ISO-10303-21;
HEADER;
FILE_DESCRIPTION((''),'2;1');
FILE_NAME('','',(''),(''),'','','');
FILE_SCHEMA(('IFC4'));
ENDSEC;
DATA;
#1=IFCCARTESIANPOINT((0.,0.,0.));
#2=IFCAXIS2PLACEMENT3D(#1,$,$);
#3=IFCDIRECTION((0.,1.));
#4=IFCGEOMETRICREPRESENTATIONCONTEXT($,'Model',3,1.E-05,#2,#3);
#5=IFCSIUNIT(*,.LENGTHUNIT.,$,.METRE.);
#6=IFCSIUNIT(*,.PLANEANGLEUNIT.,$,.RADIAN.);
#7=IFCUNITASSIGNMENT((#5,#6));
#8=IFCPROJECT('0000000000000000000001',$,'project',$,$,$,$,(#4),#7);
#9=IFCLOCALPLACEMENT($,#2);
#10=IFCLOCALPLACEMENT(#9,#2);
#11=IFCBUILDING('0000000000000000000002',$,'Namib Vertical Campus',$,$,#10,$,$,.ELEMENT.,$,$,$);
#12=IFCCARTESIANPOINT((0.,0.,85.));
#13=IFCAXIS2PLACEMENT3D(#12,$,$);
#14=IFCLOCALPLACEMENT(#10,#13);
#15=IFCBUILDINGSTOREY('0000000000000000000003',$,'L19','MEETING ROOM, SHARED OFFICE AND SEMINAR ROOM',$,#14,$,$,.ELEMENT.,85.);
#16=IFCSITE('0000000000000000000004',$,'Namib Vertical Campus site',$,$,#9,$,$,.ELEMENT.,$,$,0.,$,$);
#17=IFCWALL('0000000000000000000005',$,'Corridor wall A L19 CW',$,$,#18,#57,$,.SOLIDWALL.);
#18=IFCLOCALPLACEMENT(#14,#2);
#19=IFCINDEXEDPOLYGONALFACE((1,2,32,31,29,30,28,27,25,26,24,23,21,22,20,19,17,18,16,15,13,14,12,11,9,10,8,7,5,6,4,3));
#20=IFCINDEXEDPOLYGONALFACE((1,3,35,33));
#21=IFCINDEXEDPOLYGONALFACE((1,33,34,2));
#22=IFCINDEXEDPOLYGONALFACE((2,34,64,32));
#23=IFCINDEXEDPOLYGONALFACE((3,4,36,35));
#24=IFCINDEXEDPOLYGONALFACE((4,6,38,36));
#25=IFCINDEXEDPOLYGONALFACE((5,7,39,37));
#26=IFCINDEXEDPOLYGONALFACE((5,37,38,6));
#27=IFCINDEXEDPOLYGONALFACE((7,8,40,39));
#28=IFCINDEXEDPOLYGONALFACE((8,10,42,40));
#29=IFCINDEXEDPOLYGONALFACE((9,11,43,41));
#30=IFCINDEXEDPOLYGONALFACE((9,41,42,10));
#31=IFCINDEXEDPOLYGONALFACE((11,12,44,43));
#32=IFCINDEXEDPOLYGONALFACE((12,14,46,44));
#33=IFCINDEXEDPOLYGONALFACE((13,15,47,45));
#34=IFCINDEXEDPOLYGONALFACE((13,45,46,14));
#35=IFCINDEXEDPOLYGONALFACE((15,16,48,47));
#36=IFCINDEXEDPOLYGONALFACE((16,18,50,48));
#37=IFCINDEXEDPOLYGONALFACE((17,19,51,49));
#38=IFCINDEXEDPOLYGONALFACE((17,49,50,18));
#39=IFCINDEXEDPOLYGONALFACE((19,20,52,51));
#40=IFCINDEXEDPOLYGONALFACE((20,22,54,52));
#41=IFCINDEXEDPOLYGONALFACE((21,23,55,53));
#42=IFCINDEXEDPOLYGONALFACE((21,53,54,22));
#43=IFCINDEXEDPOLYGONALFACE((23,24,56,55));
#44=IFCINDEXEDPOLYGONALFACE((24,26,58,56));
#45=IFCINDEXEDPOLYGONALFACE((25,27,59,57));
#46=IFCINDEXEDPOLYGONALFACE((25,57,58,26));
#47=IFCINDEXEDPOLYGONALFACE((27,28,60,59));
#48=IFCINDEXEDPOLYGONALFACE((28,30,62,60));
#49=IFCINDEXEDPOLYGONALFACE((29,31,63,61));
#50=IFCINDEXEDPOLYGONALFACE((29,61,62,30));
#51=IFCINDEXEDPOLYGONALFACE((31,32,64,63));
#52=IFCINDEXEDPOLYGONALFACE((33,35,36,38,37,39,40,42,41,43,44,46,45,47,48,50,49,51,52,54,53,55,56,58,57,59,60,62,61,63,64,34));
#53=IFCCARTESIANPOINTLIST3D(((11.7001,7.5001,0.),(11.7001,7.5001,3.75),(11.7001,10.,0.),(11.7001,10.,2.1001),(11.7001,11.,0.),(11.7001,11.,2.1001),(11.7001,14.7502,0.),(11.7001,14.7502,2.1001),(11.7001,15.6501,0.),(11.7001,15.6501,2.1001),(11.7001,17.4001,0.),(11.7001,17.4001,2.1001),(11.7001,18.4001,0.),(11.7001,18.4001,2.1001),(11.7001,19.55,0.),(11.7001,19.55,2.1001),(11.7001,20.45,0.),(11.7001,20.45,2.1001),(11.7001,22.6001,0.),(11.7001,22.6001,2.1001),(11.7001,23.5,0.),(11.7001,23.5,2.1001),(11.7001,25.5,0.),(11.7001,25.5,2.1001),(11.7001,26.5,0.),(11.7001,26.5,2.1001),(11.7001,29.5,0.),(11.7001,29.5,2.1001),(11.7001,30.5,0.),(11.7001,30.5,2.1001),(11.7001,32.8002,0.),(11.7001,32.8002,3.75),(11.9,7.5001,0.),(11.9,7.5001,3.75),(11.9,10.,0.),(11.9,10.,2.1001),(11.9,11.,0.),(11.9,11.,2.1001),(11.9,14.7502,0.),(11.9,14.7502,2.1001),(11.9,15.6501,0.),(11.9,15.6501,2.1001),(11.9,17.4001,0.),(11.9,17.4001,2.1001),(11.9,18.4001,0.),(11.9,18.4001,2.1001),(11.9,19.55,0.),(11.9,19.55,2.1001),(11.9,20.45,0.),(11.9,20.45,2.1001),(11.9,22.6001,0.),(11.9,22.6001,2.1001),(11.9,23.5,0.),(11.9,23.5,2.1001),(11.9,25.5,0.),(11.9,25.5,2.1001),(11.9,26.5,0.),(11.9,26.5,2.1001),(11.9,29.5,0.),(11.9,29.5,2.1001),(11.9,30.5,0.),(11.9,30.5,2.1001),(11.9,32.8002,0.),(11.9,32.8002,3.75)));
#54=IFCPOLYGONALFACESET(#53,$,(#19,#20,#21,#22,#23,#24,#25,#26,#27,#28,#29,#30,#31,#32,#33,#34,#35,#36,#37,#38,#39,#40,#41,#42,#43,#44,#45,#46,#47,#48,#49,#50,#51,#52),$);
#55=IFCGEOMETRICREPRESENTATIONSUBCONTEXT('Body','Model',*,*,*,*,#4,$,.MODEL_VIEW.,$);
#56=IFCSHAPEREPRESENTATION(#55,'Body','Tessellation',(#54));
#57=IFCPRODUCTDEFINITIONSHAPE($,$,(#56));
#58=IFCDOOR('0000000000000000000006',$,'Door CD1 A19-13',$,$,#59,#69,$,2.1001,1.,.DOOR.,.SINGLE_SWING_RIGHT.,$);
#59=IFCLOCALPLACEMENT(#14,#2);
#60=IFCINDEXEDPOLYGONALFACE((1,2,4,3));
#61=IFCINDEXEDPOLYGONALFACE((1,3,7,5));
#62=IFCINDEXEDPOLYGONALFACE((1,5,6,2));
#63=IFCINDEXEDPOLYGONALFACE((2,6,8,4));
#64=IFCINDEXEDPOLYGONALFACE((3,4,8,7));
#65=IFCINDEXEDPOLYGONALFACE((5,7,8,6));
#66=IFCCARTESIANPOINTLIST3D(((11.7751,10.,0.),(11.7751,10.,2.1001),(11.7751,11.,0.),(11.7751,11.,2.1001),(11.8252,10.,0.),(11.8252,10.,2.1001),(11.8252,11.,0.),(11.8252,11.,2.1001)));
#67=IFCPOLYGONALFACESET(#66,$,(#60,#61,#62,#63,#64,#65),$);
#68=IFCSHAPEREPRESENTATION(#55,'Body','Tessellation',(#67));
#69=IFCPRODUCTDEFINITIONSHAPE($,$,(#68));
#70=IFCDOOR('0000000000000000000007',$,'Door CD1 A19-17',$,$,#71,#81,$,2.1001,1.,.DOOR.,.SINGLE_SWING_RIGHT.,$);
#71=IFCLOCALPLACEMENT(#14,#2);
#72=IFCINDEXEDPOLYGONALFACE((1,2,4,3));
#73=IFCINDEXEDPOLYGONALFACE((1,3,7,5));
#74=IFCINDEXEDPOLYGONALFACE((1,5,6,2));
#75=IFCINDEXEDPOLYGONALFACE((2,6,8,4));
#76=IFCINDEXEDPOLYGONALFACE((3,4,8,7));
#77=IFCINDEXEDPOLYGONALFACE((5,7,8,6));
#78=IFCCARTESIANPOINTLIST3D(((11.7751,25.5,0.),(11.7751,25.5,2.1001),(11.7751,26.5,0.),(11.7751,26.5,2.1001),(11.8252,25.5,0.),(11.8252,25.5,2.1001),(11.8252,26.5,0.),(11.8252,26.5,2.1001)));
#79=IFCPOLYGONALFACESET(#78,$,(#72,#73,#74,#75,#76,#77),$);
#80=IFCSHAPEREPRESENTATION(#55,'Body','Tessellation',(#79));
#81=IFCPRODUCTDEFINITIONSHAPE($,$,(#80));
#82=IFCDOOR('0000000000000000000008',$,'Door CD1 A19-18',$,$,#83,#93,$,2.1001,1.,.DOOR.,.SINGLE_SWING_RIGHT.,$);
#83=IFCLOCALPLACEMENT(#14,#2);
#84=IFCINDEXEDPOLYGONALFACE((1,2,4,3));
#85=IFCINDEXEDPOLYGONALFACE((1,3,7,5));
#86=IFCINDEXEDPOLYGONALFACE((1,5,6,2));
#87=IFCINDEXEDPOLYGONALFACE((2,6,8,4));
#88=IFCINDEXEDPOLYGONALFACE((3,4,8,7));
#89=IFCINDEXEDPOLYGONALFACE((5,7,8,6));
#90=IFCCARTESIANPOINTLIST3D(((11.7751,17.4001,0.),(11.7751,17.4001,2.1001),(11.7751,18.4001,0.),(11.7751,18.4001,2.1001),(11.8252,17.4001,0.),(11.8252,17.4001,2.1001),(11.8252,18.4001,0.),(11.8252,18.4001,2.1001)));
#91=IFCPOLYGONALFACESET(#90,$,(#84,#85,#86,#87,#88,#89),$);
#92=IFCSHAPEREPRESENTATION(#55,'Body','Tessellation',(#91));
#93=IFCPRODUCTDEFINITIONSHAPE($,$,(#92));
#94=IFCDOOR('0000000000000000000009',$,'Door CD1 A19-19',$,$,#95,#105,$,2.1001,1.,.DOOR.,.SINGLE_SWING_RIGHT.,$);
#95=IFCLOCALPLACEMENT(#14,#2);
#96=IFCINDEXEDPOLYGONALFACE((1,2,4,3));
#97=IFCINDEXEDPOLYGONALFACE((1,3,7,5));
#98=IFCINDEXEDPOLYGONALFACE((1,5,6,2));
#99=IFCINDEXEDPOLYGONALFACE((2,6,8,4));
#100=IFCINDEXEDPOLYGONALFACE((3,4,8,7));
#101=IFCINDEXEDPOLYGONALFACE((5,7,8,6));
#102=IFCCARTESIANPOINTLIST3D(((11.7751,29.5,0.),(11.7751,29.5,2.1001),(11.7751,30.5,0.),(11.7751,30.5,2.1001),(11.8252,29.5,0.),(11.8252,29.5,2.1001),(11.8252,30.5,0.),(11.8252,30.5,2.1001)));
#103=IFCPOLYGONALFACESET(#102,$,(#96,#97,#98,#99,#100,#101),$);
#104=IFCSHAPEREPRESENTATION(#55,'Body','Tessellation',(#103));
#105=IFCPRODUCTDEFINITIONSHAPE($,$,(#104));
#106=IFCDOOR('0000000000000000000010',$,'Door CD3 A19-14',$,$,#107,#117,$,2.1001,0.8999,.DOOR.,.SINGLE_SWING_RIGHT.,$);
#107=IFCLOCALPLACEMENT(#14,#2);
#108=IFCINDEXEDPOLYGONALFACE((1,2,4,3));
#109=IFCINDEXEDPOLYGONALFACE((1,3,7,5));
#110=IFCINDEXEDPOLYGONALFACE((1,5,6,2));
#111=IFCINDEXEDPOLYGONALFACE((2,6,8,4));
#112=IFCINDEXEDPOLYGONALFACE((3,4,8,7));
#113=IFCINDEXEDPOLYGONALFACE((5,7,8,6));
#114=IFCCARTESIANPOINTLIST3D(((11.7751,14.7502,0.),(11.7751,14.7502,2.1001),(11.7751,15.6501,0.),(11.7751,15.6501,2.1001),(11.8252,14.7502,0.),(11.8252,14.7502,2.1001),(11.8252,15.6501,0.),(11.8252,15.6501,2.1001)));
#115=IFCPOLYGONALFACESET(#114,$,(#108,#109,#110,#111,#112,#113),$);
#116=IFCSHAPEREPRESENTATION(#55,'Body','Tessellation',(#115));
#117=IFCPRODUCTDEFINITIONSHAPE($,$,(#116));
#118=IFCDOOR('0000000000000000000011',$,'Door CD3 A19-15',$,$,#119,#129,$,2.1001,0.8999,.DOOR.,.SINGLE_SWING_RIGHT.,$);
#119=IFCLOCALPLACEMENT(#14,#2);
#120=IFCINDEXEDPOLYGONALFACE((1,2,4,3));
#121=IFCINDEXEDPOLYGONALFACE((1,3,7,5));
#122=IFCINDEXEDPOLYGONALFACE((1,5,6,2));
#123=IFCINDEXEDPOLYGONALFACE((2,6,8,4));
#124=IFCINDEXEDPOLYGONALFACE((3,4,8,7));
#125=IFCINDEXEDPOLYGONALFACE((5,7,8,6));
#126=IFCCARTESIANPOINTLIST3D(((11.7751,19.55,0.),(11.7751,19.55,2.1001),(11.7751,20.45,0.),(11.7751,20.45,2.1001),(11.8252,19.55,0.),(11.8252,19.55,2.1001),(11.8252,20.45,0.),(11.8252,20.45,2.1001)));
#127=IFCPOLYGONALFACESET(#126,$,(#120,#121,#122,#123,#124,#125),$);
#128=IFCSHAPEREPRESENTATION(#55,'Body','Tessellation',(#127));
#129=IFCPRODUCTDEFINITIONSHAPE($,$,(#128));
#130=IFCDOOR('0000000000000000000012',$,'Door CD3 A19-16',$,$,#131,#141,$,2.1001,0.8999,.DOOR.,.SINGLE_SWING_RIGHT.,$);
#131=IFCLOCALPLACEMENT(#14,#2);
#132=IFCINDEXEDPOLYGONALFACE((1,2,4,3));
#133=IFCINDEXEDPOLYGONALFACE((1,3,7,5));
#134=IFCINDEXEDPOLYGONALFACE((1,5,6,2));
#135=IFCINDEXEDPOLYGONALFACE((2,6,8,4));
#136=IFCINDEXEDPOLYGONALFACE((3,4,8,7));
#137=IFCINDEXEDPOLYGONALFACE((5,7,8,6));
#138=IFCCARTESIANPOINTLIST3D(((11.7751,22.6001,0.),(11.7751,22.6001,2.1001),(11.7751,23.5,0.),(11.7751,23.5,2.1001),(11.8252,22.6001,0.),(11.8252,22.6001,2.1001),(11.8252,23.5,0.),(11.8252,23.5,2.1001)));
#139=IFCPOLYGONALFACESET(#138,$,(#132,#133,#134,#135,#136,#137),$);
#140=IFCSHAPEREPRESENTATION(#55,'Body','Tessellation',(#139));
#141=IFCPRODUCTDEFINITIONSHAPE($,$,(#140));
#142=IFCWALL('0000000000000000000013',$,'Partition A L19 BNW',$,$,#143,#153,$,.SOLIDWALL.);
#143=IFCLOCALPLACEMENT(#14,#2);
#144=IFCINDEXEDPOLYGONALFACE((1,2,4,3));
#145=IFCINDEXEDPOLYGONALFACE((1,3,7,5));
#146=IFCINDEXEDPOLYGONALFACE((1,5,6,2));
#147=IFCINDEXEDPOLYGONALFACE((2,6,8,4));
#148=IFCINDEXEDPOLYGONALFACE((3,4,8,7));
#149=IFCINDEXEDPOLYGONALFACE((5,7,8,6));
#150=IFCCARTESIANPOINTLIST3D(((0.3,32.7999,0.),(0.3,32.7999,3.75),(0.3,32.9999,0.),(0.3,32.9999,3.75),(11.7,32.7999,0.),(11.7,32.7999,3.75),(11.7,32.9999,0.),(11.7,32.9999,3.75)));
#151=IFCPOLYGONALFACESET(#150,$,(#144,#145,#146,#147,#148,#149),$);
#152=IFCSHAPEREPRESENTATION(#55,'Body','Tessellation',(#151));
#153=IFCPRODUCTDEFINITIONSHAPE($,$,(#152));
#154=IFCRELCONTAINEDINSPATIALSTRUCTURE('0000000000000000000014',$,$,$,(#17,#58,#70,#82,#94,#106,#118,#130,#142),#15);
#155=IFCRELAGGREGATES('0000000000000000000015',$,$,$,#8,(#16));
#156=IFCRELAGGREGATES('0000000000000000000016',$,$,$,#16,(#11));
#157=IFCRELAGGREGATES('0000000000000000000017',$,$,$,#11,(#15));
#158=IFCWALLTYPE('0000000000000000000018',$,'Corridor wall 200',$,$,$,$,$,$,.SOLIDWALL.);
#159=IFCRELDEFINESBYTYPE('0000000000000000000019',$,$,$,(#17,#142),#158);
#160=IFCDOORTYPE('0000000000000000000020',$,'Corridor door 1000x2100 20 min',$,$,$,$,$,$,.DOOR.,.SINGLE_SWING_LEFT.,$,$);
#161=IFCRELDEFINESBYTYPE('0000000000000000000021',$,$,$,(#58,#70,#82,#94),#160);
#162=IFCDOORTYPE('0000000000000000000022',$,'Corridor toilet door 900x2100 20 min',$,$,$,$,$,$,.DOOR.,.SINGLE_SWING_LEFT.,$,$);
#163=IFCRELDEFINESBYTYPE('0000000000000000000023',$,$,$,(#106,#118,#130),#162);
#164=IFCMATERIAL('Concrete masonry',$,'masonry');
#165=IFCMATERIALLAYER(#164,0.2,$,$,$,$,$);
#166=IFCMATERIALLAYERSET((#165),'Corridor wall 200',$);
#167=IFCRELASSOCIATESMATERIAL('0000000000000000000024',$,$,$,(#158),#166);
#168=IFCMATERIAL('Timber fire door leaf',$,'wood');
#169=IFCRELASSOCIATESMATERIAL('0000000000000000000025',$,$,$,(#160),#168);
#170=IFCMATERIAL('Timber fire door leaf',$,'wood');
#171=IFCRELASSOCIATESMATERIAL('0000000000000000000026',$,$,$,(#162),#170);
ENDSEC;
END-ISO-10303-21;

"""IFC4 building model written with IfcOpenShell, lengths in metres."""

from ifc_helpers import new_model, si_unit, direction, frame, frame_2d, origin, place, context, subcontext, project, spatial, rectangle, extrude, material, layer, layer_set, type_object, element, fill, save


model = new_model("IFC4")

# Units and contexts
model_context = context("Model", 3, precision=1e-05, world=origin(), true_north=direction((0.0, 1.0)))
body_context = subcontext(model_context, "Body", "Model", "MODEL_VIEW")
ifc_project = project(units=[si_unit("LENGTHUNIT", "METRE"), si_unit("PLANEANGLEUNIT", "RADIAN")], contexts=[model_context])

# Site, building, storey
site_placement = place(None, origin())
site = spatial("IfcSite", under=ifc_project, at=site_placement, Name="Namib Vertical Campus site", CompositionType="ELEMENT", RefElevation=0.0)
building_placement = place(site_placement, origin())
building = spatial("IfcBuilding", under=site, at=building_placement, Name="Namib Vertical Campus", CompositionType="ELEMENT")
storey_placement = place(building_placement, frame((0.0, 0.0, 85.0)))
storey = spatial("IfcBuildingStorey", under=building, at=storey_placement, Name="L19", Description="MEETING ROOM, SHARED OFFICE AND SEMINAR ROOM", CompositionType="ELEMENT", Elevation=85.0)

# Wall, openings, doors
ifc_material_1 = material(Name="Concrete masonry", Category="masonry")
ifc_layer_1 = layer(ifc_material_1, 0.2)
ifc_layer_set_1 = layer_set([ifc_layer_1], Name="Corridor wall 200")
wall_type_1 = type_object("IfcWallType", Name="Corridor wall 200", PredefinedType="SOLIDWALL", material=ifc_layer_set_1)
wall_1_placement = place(storey_placement, frame((11.8, 32.8, 0.0), z_axis=(0.0, 0.0, 1.0), x_axis=(0.0, -1.0, 0.0)))
wall_1 = element("IfcWall", 1, at=wall_1_placement, inside=storey, type_object=wall_type_1, Name="Corridor wall A L19 CW", PredefinedType="SOLIDWALL", context=body_context, shape_type="SweptSolid", body=[
    extrude(rectangle(XDim=25.3, YDim=0.2, at=frame_2d((12.6499, 0.0))), origin(), (0.0, 0.0, 1.0), 3.75),
])
opening_1_placement = place(wall_1_placement, frame((21.8, 0.0, 0.0)))
opening_1 = element("IfcOpeningElement", 2, at=opening_1_placement, cuts=wall_1, PredefinedType="OPENING", context=body_context, shape_type="SweptSolid", body=[
    extrude(rectangle(XDim=1.0, YDim=2.1001, at=frame_2d((0.5, 1.05))), frame((0.0, 0.1099, 0.0), z_axis=(0.0, -1.0, 0.0), x_axis=(1.0, 0.0, 0.0)), (0.0, 0.0, 1.0), 0.22),
])
opening_2_placement = place(wall_1_placement, frame((17.1499, 0.0, 0.0)))
opening_2 = element("IfcOpeningElement", 3, at=opening_2_placement, cuts=wall_1, PredefinedType="OPENING", context=body_context, shape_type="SweptSolid", body=[
    extrude(rectangle(XDim=0.8999, YDim=2.1001, at=frame_2d((0.45, 1.05))), frame((0.0, 0.1099, 0.0), z_axis=(0.0, -1.0, 0.0), x_axis=(1.0, 0.0, 0.0)), (0.0, 0.0, 1.0), 0.22),
])
opening_3_placement = place(wall_1_placement, frame((12.3501, 0.0, 0.0)))
opening_3 = element("IfcOpeningElement", 4, at=opening_3_placement, cuts=wall_1, PredefinedType="OPENING", context=body_context, shape_type="SweptSolid", body=[
    extrude(rectangle(XDim=0.8999, YDim=2.1001, at=frame_2d((0.45, 1.05))), frame((0.0, 0.1099, 0.0), z_axis=(0.0, -1.0, 0.0), x_axis=(1.0, 0.0, 0.0)), (0.0, 0.0, 1.0), 0.22),
])
opening_4_placement = place(wall_1_placement, frame((9.3, 0.0, 0.0)))
opening_4 = element("IfcOpeningElement", 5, at=opening_4_placement, cuts=wall_1, PredefinedType="OPENING", context=body_context, shape_type="SweptSolid", body=[
    extrude(rectangle(XDim=0.8999, YDim=2.1001, at=frame_2d((0.45, 1.05))), frame((0.0, 0.1099, 0.0), z_axis=(0.0, -1.0, 0.0), x_axis=(1.0, 0.0, 0.0)), (0.0, 0.0, 1.0), 0.22),
])
opening_5_placement = place(wall_1_placement, frame((6.3, 0.0, 0.0)))
opening_5 = element("IfcOpeningElement", 6, at=opening_5_placement, cuts=wall_1, PredefinedType="OPENING", context=body_context, shape_type="SweptSolid", body=[
    extrude(rectangle(XDim=1.0, YDim=2.1001, at=frame_2d((0.5, 1.05))), frame((0.0, 0.1099, 0.0), z_axis=(0.0, -1.0, 0.0), x_axis=(1.0, 0.0, 0.0)), (0.0, 0.0, 1.0), 0.22),
])
opening_6_placement = place(wall_1_placement, frame((14.3999, 0.0, 0.0)))
opening_6 = element("IfcOpeningElement", 7, at=opening_6_placement, cuts=wall_1, PredefinedType="OPENING", context=body_context, shape_type="SweptSolid", body=[
    extrude(rectangle(XDim=1.0, YDim=2.1001, at=frame_2d((0.5, 1.05))), frame((0.0, 0.1099, 0.0), z_axis=(0.0, -1.0, 0.0), x_axis=(1.0, 0.0, 0.0)), (0.0, 0.0, 1.0), 0.22),
])
opening_7_placement = place(wall_1_placement, frame((2.3, 0.0, 0.0)))
opening_7 = element("IfcOpeningElement", 8, at=opening_7_placement, cuts=wall_1, PredefinedType="OPENING", context=body_context, shape_type="SweptSolid", body=[
    extrude(rectangle(XDim=1.0, YDim=2.1001, at=frame_2d((0.5, 1.05))), frame((0.0, 0.1099, 0.0), z_axis=(0.0, -1.0, 0.0), x_axis=(1.0, 0.0, 0.0)), (0.0, 0.0, 1.0), 0.22),
])
ifc_material_2 = material(Name="Timber fire door leaf", Category="wood")
door_type_1 = type_object("IfcDoorType", Name="Corridor door 1000x2100 20 min", OperationType="SINGLE_SWING_LEFT", PredefinedType="DOOR", material=ifc_material_2)
door_1_placement = place(opening_1_placement, frame((1.0, 0.0, 0.0), z_axis=(0.0, 0.0, 1.0), x_axis=(-1.0, 0.0, 0.0)))
door_1 = element("IfcDoor", 9, at=door_1_placement, inside=storey, type_object=door_type_1, Name="Door CD1 A19-13", OperationType="SINGLE_SWING_RIGHT", OverallHeight=2.1001, OverallWidth=1.0, PredefinedType="DOOR", context=body_context, shape_type="SweptSolid", body=[
    extrude(rectangle(XDim=1.0, YDim=2.1001, at=frame_2d((0.5, 1.05))), frame((0.0, 0.0249, 0.0), z_axis=(0.0, -1.0, 0.0), x_axis=(1.0, 0.0, 0.0)), (0.0, 0.0, 1.0), 0.05),
])
fill(opening_1, door_1)
door_2_placement = place(opening_5_placement, frame((1.0, 0.0, 0.0), z_axis=(0.0, 0.0, 1.0), x_axis=(-1.0, 0.0, 0.0)))
door_2 = element("IfcDoor", 10, at=door_2_placement, inside=storey, type_object=door_type_1, Name="Door CD1 A19-17", OperationType="SINGLE_SWING_RIGHT", OverallHeight=2.1001, OverallWidth=1.0, PredefinedType="DOOR", context=body_context, shape_type="SweptSolid", body=[
    extrude(rectangle(XDim=1.0, YDim=2.1001, at=frame_2d((0.5, 1.05))), frame((0.0, 0.0249, 0.0), z_axis=(0.0, -1.0, 0.0), x_axis=(1.0, 0.0, 0.0)), (0.0, 0.0, 1.0), 0.05),
])
fill(opening_5, door_2)
door_3_placement = place(opening_6_placement, frame((1.0, 0.0, 0.0), z_axis=(0.0, 0.0, 1.0), x_axis=(-1.0, 0.0, 0.0)))
door_3 = element("IfcDoor", 11, at=door_3_placement, inside=storey, type_object=door_type_1, Name="Door CD1 A19-18", OperationType="SINGLE_SWING_RIGHT", OverallHeight=2.1001, OverallWidth=1.0, PredefinedType="DOOR", context=body_context, shape_type="SweptSolid", body=[
    extrude(rectangle(XDim=1.0, YDim=2.1001, at=frame_2d((0.5, 1.05))), frame((0.0, 0.0249, 0.0), z_axis=(0.0, -1.0, 0.0), x_axis=(1.0, 0.0, 0.0)), (0.0, 0.0, 1.0), 0.05),
])
fill(opening_6, door_3)
door_4_placement = place(opening_7_placement, frame((1.0, 0.0, 0.0), z_axis=(0.0, 0.0, 1.0), x_axis=(-1.0, 0.0, 0.0)))
door_4 = element("IfcDoor", 12, at=door_4_placement, inside=storey, type_object=door_type_1, Name="Door CD1 A19-19", OperationType="SINGLE_SWING_RIGHT", OverallHeight=2.1001, OverallWidth=1.0, PredefinedType="DOOR", context=body_context, shape_type="SweptSolid", body=[
    extrude(rectangle(XDim=1.0, YDim=2.1001, at=frame_2d((0.5, 1.05))), frame((0.0, 0.0249, 0.0), z_axis=(0.0, -1.0, 0.0), x_axis=(1.0, 0.0, 0.0)), (0.0, 0.0, 1.0), 0.05),
])
fill(opening_7, door_4)
ifc_material_3 = material(Name="Timber fire door leaf", Category="wood")
door_type_2 = type_object("IfcDoorType", Name="Corridor toilet door 900x2100 20 min", OperationType="SINGLE_SWING_LEFT", PredefinedType="DOOR", material=ifc_material_3)
door_5_placement = place(opening_2_placement, frame((0.8999, 0.0, 0.0), z_axis=(0.0, 0.0, 1.0), x_axis=(-1.0, 0.0, 0.0)))
door_5 = element("IfcDoor", 13, at=door_5_placement, inside=storey, type_object=door_type_2, Name="Door CD3 A19-14", OperationType="SINGLE_SWING_RIGHT", OverallHeight=2.1001, OverallWidth=0.8999, PredefinedType="DOOR", context=body_context, shape_type="SweptSolid", body=[
    extrude(rectangle(XDim=0.8999, YDim=2.1001, at=frame_2d((0.45, 1.05))), frame((0.0, 0.0249, 0.0), z_axis=(0.0, -1.0, 0.0), x_axis=(1.0, 0.0, 0.0)), (0.0, 0.0, 1.0), 0.05),
])
fill(opening_2, door_5)
door_6_placement = place(opening_3_placement, frame((0.8999, 0.0, 0.0), z_axis=(0.0, 0.0, 1.0), x_axis=(-1.0, 0.0, 0.0)))
door_6 = element("IfcDoor", 14, at=door_6_placement, inside=storey, type_object=door_type_2, Name="Door CD3 A19-15", OperationType="SINGLE_SWING_RIGHT", OverallHeight=2.1001, OverallWidth=0.8999, PredefinedType="DOOR", context=body_context, shape_type="SweptSolid", body=[
    extrude(rectangle(XDim=0.8999, YDim=2.1001, at=frame_2d((0.45, 1.05))), frame((0.0, 0.0249, 0.0), z_axis=(0.0, -1.0, 0.0), x_axis=(1.0, 0.0, 0.0)), (0.0, 0.0, 1.0), 0.05),
])
fill(opening_3, door_6)
door_7_placement = place(opening_4_placement, frame((0.8999, 0.0, 0.0), z_axis=(0.0, 0.0, 1.0), x_axis=(-1.0, 0.0, 0.0)))
door_7 = element("IfcDoor", 15, at=door_7_placement, inside=storey, type_object=door_type_2, Name="Door CD3 A19-16", OperationType="SINGLE_SWING_RIGHT", OverallHeight=2.1001, OverallWidth=0.8999, PredefinedType="DOOR", context=body_context, shape_type="SweptSolid", body=[
    extrude(rectangle(XDim=0.8999, YDim=2.1001, at=frame_2d((0.45, 1.05))), frame((0.0, 0.0249, 0.0), z_axis=(0.0, -1.0, 0.0), x_axis=(1.0, 0.0, 0.0)), (0.0, 0.0, 1.0), 0.05),
])
fill(opening_4, door_7)

# Wall
wall_2_placement = place(storey_placement, frame((0.3, 32.8999, 0.0), z_axis=(0.0, 0.0, 1.0), x_axis=(1.0, 0.0, 0.0)))
element("IfcWall", 16, at=wall_2_placement, inside=storey, type_object=wall_type_1, Name="Partition A L19 BNW", PredefinedType="SOLIDWALL", context=body_context, shape_type="SweptSolid", body=[
    extrude(rectangle(XDim=11.3999, YDim=0.2, at=frame_2d((5.7, 0.0))), origin(), (0.0, 0.0, 1.0), 3.75),
])

save(model, "model.ifc")
